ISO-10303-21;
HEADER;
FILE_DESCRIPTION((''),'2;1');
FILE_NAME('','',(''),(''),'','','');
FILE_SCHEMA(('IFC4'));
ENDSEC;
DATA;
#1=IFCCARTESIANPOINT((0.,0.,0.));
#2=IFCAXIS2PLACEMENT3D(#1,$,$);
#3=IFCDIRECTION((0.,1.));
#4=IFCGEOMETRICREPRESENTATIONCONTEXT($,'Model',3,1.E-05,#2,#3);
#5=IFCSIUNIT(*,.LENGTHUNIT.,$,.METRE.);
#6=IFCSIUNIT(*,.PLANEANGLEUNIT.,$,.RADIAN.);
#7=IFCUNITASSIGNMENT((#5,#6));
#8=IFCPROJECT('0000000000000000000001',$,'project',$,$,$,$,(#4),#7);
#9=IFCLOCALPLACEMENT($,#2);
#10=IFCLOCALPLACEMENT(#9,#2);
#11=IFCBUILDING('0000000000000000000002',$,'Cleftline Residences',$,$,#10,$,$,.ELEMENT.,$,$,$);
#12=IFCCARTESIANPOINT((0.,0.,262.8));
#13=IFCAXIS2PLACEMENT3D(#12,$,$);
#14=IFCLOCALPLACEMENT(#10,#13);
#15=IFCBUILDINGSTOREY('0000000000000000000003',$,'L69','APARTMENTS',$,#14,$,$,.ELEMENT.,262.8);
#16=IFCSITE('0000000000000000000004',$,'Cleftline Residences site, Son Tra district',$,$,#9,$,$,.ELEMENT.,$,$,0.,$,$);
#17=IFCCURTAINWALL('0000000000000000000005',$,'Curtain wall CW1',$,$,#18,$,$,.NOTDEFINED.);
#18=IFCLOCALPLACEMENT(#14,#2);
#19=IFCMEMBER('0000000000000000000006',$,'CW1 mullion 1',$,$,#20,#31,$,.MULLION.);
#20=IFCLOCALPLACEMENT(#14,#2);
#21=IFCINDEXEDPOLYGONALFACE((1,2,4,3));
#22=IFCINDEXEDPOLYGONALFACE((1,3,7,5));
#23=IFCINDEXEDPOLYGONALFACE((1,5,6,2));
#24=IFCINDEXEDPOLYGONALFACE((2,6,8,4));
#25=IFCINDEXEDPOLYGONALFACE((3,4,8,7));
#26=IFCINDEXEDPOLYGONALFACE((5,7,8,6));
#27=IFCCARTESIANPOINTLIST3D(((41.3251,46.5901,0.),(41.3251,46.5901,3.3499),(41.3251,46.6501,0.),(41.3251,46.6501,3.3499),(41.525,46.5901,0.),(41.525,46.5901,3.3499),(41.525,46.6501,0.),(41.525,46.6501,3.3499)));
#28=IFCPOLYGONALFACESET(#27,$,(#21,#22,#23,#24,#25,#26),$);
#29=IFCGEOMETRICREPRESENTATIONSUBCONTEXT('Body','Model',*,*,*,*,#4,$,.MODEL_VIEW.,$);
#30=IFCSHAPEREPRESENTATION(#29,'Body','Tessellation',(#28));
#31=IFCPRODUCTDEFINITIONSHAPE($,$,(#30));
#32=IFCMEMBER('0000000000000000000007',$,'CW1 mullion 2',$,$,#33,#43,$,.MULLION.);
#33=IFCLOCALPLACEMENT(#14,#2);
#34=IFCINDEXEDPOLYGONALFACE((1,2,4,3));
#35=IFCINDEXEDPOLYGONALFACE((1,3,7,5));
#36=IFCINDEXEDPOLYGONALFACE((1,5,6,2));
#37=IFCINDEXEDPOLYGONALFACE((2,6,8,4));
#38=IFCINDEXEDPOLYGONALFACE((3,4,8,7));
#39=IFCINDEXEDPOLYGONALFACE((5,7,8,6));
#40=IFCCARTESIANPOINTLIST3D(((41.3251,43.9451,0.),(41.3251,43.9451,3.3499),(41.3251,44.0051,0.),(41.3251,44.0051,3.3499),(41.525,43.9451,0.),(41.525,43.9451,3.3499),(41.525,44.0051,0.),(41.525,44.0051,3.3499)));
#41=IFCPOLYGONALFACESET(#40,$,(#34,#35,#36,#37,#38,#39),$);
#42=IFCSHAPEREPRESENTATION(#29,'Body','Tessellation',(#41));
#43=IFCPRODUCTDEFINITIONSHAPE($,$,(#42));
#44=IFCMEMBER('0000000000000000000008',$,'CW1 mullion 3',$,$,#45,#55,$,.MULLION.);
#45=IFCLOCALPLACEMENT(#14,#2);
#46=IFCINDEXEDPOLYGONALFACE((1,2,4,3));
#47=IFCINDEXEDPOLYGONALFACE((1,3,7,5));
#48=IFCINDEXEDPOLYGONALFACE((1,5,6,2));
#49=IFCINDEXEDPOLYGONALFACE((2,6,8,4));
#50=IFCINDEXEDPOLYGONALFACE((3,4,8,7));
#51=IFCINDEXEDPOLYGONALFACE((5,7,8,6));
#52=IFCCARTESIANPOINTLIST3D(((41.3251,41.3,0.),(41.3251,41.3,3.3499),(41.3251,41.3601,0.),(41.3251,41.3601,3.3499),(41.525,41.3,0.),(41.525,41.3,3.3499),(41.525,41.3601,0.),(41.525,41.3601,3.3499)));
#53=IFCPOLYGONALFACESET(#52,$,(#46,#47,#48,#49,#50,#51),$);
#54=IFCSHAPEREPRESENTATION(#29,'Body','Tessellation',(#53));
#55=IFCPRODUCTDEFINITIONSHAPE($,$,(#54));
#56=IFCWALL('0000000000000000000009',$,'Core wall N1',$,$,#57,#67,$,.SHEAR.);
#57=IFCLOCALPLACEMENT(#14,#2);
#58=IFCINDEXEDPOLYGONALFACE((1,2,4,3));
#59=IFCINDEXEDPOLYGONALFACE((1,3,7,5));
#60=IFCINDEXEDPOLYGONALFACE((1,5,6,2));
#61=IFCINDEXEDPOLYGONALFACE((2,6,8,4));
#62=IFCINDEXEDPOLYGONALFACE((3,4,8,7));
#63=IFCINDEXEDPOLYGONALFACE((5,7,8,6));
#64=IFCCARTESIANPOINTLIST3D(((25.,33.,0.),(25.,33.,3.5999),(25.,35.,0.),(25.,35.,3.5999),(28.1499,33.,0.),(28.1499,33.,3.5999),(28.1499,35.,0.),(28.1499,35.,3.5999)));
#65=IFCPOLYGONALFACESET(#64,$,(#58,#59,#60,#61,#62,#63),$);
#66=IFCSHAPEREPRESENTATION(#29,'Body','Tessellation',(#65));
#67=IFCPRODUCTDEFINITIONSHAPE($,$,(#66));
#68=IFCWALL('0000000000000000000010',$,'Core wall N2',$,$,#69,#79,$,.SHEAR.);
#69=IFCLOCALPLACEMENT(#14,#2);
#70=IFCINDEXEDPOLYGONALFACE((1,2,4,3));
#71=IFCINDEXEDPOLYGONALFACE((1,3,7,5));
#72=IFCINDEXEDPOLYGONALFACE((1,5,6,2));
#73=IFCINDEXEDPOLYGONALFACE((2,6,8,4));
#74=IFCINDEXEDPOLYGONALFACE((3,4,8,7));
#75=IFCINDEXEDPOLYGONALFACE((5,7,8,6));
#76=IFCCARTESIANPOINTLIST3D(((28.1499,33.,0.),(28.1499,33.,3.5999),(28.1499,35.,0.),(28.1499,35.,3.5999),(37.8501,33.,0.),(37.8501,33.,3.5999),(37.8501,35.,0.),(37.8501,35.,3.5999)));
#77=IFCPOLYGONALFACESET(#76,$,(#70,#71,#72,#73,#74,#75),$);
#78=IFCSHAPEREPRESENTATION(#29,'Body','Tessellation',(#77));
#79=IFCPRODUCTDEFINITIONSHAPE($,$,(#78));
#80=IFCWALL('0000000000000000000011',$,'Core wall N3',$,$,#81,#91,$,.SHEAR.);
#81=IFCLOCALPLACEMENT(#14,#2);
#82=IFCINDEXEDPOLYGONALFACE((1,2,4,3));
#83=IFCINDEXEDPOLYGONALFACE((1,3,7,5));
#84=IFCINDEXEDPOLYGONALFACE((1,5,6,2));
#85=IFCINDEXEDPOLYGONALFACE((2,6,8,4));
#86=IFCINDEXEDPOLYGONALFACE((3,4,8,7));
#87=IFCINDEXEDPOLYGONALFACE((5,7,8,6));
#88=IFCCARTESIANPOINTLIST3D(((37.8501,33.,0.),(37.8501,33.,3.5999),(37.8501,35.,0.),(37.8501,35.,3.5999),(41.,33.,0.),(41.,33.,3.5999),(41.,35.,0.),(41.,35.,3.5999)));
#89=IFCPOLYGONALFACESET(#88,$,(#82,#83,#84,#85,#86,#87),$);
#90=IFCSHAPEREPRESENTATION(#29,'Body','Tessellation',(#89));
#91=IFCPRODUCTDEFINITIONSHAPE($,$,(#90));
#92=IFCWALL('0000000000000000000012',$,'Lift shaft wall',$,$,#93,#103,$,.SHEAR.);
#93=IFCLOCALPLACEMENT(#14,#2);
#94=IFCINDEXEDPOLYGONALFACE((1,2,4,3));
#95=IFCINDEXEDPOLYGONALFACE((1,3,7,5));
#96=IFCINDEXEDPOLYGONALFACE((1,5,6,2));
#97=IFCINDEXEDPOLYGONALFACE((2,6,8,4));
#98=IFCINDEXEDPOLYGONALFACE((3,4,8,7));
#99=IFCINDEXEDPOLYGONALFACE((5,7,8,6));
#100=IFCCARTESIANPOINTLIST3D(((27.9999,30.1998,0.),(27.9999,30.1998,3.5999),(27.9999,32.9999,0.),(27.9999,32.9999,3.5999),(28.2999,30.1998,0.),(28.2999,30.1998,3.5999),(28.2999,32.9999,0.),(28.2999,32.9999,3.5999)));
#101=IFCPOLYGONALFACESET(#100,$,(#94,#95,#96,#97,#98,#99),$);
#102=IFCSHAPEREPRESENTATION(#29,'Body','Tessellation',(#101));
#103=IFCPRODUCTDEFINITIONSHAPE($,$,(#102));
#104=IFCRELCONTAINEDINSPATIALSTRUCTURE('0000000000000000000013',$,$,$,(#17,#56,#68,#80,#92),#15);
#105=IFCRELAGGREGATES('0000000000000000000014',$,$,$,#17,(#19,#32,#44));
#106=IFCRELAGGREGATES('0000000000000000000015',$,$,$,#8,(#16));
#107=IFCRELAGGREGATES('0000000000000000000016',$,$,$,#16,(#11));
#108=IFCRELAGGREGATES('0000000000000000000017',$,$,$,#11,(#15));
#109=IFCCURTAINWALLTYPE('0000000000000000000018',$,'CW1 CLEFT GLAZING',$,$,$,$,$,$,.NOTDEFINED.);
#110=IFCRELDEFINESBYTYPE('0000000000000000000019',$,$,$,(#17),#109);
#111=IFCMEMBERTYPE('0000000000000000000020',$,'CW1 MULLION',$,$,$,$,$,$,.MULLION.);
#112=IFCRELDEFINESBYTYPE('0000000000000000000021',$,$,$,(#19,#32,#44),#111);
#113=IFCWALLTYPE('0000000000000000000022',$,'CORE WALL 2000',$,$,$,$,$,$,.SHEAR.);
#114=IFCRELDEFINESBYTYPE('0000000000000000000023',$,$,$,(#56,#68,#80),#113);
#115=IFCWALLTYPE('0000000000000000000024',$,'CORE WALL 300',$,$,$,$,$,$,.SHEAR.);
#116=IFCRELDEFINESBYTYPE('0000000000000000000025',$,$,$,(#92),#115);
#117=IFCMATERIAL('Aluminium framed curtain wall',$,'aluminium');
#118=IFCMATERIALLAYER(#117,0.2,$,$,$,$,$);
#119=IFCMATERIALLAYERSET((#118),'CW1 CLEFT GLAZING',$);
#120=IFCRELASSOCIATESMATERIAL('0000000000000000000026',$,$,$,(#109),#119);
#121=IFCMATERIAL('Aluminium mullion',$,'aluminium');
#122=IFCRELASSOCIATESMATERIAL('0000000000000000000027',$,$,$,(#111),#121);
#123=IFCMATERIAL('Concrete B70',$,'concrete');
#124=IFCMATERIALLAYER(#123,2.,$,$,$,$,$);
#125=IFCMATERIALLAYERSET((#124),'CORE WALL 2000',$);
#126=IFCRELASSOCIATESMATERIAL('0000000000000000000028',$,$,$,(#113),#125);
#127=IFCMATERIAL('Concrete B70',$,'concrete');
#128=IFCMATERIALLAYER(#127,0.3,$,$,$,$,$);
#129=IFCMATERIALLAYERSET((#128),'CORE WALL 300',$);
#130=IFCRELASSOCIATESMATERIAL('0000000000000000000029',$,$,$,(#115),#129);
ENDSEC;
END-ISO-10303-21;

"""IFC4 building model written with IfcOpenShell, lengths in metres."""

from ifc_helpers import new_model, si_unit, direction, frame, frame_2d, origin, origin_2d, place, context, subcontext, project, spatial, rectangle, extrude, material, layer, layer_set, material_profile, profile_set, type_object, element, aggregate, save


model = new_model("IFC4")

# Units and contexts
model_context = context("Model", 3, precision=1e-05, world=origin(), true_north=direction((0.0, 1.0)))
body_context = subcontext(model_context, "Body", "Model", "MODEL_VIEW")
ifc_project = project(units=[si_unit("LENGTHUNIT", "METRE"), si_unit("PLANEANGLEUNIT", "RADIAN")], contexts=[model_context])

# Site, building, storey
site_placement = place(None, origin())
site = spatial("IfcSite", under=ifc_project, at=site_placement, Name="Cleftline Residences site, Son Tra district", CompositionType="ELEMENT", RefElevation=0.0)
building_placement = place(site_placement, origin())
building = spatial("IfcBuilding", under=site, at=building_placement, Name="Cleftline Residences", CompositionType="ELEMENT")
storey_placement = place(building_placement, frame((0.0, 0.0, 262.8)))
storey = spatial("IfcBuildingStorey", under=building, at=storey_placement, Name="L69", Description="APARTMENTS", CompositionType="ELEMENT", Elevation=262.8)

# Curtain wall, members
ifc_material_1 = material(Name="Aluminium framed curtain wall", Category="aluminium")
ifc_layer_1 = layer(ifc_material_1, 0.2)
ifc_layer_set_1 = layer_set([ifc_layer_1], Name="CW1 CLEFT GLAZING")
curtain_wall_type = type_object("IfcCurtainWallType", Name="CW1 CLEFT GLAZING", PredefinedType="NOTDEFINED", material=ifc_layer_set_1)
curtain_wall_placement = place(storey_placement, origin())
curtain_wall = element("IfcCurtainWall", 1, at=curtain_wall_placement, inside=storey, type_object=curtain_wall_type, Name="Curtain wall CW1", PredefinedType="NOTDEFINED")
ifc_material_2 = material(Name="Aluminium mullion", Category="aluminium")
ifc_material_profile = material_profile(ifc_material_2, rectangle(XDim=0.2, YDim=0.0601, at=origin_2d()))
ifc_profile_set = profile_set([ifc_material_profile], Name="Aluminium mullion")
member_type = type_object("IfcMemberType", Name="CW1 MULLION", PredefinedType="MULLION", material=ifc_profile_set)
member_1_placement = place(storey_placement, frame((41.425, 46.6201, 0.0), z_axis=(0.0, 0.0, 1.0), x_axis=(1.0, 0.0, 0.0)))
member_1 = element("IfcMember", 2, at=member_1_placement, type_object=member_type, Name="CW1 mullion 1", PredefinedType="MULLION", context=body_context, shape_type="SweptSolid", body=[
    extrude(rectangle(XDim=0.2, YDim=0.0601, at=origin_2d()), origin(), (0.0, 0.0, 1.0), 3.3499),
])
member_2_placement = place(storey_placement, frame((41.425, 43.9751, 0.0), z_axis=(0.0, 0.0, 1.0), x_axis=(1.0, 0.0, 0.0)))
member_2 = element("IfcMember", 3, at=member_2_placement, type_object=member_type, Name="CW1 mullion 2", PredefinedType="MULLION", context=body_context, shape_type="SweptSolid", body=[
    extrude(rectangle(XDim=0.2, YDim=0.0601, at=origin_2d()), origin(), (0.0, 0.0, 1.0), 3.3499),
])
member_3_placement = place(storey_placement, frame((41.425, 41.3301, 0.0), z_axis=(0.0, 0.0, 1.0), x_axis=(1.0, 0.0, 0.0)))
member_3 = element("IfcMember", 4, at=member_3_placement, type_object=member_type, Name="CW1 mullion 3", PredefinedType="MULLION", context=body_context, shape_type="SweptSolid", body=[
    extrude(rectangle(XDim=0.2, YDim=0.0601, at=origin_2d()), origin(), (0.0, 0.0, 1.0), 3.3499),
])
aggregate(curtain_wall, [member_1, member_2, member_3])

# Walls
ifc_material_3 = material(Name="Concrete B70", Category="concrete")
ifc_layer_2 = layer(ifc_material_3, 2.0)
ifc_layer_set_2 = layer_set([ifc_layer_2], Name="CORE WALL 2000")
wall_type_1 = type_object("IfcWallType", Name="CORE WALL 2000", PredefinedType="SHEAR", material=ifc_layer_set_2)
wall_1_placement = place(storey_placement, frame((25.0, 34.0, 0.0), z_axis=(0.0, 0.0, 1.0), x_axis=(1.0, 0.0, 0.0)))
element("IfcWall", 5, at=wall_1_placement, inside=storey, type_object=wall_type_1, Name="Core wall N1", PredefinedType="SHEAR", context=body_context, shape_type="SweptSolid", body=[
    extrude(rectangle(XDim=3.1499, YDim=2.0, at=frame_2d((1.575, 0.0))), origin(), (0.0, 0.0, 1.0), 3.5999),
])
wall_2_placement = place(storey_placement, frame((28.1499, 34.0, 0.0), z_axis=(0.0, 0.0, 1.0), x_axis=(1.0, 0.0, 0.0)))
element("IfcWall", 6, at=wall_2_placement, inside=storey, type_object=wall_type_1, Name="Core wall N2", PredefinedType="SHEAR", context=body_context, shape_type="SweptSolid", body=[
    extrude(rectangle(XDim=9.7002, YDim=2.0, at=frame_2d((4.8501, 0.0))), origin(), (0.0, 0.0, 1.0), 3.5999),
])
wall_3_placement = place(storey_placement, frame((37.8501, 34.0, 0.0), z_axis=(0.0, 0.0, 1.0), x_axis=(1.0, 0.0, 0.0)))
element("IfcWall", 7, at=wall_3_placement, inside=storey, type_object=wall_type_1, Name="Core wall N3", PredefinedType="SHEAR", context=body_context, shape_type="SweptSolid", body=[
    extrude(rectangle(XDim=3.1499, YDim=2.0, at=frame_2d((1.575, 0.0))), origin(), (0.0, 0.0, 1.0), 3.5999),
])
ifc_material_4 = material(Name="Concrete B70", Category="concrete")
ifc_layer_3 = layer(ifc_material_4, 0.3)
ifc_layer_set_3 = layer_set([ifc_layer_3], Name="CORE WALL 300")
wall_type_2 = type_object("IfcWallType", Name="CORE WALL 300", PredefinedType="SHEAR", material=ifc_layer_set_3)
wall_4_placement = place(storey_placement, frame((28.1499, 30.2, 0.0), z_axis=(0.0, 0.0, 1.0), x_axis=(0.0, 1.0, 0.0)))
element("IfcWall", 8, at=wall_4_placement, inside=storey, type_object=wall_type_2, Name="Lift shaft wall", PredefinedType="SHEAR", context=body_context, shape_type="SweptSolid", body=[
    extrude(rectangle(XDim=2.8, YDim=0.3, at=frame_2d((1.3999, 0.0))), origin(), (0.0, 0.0, 1.0), 3.5999),
])

save(model, "model.ifc")
